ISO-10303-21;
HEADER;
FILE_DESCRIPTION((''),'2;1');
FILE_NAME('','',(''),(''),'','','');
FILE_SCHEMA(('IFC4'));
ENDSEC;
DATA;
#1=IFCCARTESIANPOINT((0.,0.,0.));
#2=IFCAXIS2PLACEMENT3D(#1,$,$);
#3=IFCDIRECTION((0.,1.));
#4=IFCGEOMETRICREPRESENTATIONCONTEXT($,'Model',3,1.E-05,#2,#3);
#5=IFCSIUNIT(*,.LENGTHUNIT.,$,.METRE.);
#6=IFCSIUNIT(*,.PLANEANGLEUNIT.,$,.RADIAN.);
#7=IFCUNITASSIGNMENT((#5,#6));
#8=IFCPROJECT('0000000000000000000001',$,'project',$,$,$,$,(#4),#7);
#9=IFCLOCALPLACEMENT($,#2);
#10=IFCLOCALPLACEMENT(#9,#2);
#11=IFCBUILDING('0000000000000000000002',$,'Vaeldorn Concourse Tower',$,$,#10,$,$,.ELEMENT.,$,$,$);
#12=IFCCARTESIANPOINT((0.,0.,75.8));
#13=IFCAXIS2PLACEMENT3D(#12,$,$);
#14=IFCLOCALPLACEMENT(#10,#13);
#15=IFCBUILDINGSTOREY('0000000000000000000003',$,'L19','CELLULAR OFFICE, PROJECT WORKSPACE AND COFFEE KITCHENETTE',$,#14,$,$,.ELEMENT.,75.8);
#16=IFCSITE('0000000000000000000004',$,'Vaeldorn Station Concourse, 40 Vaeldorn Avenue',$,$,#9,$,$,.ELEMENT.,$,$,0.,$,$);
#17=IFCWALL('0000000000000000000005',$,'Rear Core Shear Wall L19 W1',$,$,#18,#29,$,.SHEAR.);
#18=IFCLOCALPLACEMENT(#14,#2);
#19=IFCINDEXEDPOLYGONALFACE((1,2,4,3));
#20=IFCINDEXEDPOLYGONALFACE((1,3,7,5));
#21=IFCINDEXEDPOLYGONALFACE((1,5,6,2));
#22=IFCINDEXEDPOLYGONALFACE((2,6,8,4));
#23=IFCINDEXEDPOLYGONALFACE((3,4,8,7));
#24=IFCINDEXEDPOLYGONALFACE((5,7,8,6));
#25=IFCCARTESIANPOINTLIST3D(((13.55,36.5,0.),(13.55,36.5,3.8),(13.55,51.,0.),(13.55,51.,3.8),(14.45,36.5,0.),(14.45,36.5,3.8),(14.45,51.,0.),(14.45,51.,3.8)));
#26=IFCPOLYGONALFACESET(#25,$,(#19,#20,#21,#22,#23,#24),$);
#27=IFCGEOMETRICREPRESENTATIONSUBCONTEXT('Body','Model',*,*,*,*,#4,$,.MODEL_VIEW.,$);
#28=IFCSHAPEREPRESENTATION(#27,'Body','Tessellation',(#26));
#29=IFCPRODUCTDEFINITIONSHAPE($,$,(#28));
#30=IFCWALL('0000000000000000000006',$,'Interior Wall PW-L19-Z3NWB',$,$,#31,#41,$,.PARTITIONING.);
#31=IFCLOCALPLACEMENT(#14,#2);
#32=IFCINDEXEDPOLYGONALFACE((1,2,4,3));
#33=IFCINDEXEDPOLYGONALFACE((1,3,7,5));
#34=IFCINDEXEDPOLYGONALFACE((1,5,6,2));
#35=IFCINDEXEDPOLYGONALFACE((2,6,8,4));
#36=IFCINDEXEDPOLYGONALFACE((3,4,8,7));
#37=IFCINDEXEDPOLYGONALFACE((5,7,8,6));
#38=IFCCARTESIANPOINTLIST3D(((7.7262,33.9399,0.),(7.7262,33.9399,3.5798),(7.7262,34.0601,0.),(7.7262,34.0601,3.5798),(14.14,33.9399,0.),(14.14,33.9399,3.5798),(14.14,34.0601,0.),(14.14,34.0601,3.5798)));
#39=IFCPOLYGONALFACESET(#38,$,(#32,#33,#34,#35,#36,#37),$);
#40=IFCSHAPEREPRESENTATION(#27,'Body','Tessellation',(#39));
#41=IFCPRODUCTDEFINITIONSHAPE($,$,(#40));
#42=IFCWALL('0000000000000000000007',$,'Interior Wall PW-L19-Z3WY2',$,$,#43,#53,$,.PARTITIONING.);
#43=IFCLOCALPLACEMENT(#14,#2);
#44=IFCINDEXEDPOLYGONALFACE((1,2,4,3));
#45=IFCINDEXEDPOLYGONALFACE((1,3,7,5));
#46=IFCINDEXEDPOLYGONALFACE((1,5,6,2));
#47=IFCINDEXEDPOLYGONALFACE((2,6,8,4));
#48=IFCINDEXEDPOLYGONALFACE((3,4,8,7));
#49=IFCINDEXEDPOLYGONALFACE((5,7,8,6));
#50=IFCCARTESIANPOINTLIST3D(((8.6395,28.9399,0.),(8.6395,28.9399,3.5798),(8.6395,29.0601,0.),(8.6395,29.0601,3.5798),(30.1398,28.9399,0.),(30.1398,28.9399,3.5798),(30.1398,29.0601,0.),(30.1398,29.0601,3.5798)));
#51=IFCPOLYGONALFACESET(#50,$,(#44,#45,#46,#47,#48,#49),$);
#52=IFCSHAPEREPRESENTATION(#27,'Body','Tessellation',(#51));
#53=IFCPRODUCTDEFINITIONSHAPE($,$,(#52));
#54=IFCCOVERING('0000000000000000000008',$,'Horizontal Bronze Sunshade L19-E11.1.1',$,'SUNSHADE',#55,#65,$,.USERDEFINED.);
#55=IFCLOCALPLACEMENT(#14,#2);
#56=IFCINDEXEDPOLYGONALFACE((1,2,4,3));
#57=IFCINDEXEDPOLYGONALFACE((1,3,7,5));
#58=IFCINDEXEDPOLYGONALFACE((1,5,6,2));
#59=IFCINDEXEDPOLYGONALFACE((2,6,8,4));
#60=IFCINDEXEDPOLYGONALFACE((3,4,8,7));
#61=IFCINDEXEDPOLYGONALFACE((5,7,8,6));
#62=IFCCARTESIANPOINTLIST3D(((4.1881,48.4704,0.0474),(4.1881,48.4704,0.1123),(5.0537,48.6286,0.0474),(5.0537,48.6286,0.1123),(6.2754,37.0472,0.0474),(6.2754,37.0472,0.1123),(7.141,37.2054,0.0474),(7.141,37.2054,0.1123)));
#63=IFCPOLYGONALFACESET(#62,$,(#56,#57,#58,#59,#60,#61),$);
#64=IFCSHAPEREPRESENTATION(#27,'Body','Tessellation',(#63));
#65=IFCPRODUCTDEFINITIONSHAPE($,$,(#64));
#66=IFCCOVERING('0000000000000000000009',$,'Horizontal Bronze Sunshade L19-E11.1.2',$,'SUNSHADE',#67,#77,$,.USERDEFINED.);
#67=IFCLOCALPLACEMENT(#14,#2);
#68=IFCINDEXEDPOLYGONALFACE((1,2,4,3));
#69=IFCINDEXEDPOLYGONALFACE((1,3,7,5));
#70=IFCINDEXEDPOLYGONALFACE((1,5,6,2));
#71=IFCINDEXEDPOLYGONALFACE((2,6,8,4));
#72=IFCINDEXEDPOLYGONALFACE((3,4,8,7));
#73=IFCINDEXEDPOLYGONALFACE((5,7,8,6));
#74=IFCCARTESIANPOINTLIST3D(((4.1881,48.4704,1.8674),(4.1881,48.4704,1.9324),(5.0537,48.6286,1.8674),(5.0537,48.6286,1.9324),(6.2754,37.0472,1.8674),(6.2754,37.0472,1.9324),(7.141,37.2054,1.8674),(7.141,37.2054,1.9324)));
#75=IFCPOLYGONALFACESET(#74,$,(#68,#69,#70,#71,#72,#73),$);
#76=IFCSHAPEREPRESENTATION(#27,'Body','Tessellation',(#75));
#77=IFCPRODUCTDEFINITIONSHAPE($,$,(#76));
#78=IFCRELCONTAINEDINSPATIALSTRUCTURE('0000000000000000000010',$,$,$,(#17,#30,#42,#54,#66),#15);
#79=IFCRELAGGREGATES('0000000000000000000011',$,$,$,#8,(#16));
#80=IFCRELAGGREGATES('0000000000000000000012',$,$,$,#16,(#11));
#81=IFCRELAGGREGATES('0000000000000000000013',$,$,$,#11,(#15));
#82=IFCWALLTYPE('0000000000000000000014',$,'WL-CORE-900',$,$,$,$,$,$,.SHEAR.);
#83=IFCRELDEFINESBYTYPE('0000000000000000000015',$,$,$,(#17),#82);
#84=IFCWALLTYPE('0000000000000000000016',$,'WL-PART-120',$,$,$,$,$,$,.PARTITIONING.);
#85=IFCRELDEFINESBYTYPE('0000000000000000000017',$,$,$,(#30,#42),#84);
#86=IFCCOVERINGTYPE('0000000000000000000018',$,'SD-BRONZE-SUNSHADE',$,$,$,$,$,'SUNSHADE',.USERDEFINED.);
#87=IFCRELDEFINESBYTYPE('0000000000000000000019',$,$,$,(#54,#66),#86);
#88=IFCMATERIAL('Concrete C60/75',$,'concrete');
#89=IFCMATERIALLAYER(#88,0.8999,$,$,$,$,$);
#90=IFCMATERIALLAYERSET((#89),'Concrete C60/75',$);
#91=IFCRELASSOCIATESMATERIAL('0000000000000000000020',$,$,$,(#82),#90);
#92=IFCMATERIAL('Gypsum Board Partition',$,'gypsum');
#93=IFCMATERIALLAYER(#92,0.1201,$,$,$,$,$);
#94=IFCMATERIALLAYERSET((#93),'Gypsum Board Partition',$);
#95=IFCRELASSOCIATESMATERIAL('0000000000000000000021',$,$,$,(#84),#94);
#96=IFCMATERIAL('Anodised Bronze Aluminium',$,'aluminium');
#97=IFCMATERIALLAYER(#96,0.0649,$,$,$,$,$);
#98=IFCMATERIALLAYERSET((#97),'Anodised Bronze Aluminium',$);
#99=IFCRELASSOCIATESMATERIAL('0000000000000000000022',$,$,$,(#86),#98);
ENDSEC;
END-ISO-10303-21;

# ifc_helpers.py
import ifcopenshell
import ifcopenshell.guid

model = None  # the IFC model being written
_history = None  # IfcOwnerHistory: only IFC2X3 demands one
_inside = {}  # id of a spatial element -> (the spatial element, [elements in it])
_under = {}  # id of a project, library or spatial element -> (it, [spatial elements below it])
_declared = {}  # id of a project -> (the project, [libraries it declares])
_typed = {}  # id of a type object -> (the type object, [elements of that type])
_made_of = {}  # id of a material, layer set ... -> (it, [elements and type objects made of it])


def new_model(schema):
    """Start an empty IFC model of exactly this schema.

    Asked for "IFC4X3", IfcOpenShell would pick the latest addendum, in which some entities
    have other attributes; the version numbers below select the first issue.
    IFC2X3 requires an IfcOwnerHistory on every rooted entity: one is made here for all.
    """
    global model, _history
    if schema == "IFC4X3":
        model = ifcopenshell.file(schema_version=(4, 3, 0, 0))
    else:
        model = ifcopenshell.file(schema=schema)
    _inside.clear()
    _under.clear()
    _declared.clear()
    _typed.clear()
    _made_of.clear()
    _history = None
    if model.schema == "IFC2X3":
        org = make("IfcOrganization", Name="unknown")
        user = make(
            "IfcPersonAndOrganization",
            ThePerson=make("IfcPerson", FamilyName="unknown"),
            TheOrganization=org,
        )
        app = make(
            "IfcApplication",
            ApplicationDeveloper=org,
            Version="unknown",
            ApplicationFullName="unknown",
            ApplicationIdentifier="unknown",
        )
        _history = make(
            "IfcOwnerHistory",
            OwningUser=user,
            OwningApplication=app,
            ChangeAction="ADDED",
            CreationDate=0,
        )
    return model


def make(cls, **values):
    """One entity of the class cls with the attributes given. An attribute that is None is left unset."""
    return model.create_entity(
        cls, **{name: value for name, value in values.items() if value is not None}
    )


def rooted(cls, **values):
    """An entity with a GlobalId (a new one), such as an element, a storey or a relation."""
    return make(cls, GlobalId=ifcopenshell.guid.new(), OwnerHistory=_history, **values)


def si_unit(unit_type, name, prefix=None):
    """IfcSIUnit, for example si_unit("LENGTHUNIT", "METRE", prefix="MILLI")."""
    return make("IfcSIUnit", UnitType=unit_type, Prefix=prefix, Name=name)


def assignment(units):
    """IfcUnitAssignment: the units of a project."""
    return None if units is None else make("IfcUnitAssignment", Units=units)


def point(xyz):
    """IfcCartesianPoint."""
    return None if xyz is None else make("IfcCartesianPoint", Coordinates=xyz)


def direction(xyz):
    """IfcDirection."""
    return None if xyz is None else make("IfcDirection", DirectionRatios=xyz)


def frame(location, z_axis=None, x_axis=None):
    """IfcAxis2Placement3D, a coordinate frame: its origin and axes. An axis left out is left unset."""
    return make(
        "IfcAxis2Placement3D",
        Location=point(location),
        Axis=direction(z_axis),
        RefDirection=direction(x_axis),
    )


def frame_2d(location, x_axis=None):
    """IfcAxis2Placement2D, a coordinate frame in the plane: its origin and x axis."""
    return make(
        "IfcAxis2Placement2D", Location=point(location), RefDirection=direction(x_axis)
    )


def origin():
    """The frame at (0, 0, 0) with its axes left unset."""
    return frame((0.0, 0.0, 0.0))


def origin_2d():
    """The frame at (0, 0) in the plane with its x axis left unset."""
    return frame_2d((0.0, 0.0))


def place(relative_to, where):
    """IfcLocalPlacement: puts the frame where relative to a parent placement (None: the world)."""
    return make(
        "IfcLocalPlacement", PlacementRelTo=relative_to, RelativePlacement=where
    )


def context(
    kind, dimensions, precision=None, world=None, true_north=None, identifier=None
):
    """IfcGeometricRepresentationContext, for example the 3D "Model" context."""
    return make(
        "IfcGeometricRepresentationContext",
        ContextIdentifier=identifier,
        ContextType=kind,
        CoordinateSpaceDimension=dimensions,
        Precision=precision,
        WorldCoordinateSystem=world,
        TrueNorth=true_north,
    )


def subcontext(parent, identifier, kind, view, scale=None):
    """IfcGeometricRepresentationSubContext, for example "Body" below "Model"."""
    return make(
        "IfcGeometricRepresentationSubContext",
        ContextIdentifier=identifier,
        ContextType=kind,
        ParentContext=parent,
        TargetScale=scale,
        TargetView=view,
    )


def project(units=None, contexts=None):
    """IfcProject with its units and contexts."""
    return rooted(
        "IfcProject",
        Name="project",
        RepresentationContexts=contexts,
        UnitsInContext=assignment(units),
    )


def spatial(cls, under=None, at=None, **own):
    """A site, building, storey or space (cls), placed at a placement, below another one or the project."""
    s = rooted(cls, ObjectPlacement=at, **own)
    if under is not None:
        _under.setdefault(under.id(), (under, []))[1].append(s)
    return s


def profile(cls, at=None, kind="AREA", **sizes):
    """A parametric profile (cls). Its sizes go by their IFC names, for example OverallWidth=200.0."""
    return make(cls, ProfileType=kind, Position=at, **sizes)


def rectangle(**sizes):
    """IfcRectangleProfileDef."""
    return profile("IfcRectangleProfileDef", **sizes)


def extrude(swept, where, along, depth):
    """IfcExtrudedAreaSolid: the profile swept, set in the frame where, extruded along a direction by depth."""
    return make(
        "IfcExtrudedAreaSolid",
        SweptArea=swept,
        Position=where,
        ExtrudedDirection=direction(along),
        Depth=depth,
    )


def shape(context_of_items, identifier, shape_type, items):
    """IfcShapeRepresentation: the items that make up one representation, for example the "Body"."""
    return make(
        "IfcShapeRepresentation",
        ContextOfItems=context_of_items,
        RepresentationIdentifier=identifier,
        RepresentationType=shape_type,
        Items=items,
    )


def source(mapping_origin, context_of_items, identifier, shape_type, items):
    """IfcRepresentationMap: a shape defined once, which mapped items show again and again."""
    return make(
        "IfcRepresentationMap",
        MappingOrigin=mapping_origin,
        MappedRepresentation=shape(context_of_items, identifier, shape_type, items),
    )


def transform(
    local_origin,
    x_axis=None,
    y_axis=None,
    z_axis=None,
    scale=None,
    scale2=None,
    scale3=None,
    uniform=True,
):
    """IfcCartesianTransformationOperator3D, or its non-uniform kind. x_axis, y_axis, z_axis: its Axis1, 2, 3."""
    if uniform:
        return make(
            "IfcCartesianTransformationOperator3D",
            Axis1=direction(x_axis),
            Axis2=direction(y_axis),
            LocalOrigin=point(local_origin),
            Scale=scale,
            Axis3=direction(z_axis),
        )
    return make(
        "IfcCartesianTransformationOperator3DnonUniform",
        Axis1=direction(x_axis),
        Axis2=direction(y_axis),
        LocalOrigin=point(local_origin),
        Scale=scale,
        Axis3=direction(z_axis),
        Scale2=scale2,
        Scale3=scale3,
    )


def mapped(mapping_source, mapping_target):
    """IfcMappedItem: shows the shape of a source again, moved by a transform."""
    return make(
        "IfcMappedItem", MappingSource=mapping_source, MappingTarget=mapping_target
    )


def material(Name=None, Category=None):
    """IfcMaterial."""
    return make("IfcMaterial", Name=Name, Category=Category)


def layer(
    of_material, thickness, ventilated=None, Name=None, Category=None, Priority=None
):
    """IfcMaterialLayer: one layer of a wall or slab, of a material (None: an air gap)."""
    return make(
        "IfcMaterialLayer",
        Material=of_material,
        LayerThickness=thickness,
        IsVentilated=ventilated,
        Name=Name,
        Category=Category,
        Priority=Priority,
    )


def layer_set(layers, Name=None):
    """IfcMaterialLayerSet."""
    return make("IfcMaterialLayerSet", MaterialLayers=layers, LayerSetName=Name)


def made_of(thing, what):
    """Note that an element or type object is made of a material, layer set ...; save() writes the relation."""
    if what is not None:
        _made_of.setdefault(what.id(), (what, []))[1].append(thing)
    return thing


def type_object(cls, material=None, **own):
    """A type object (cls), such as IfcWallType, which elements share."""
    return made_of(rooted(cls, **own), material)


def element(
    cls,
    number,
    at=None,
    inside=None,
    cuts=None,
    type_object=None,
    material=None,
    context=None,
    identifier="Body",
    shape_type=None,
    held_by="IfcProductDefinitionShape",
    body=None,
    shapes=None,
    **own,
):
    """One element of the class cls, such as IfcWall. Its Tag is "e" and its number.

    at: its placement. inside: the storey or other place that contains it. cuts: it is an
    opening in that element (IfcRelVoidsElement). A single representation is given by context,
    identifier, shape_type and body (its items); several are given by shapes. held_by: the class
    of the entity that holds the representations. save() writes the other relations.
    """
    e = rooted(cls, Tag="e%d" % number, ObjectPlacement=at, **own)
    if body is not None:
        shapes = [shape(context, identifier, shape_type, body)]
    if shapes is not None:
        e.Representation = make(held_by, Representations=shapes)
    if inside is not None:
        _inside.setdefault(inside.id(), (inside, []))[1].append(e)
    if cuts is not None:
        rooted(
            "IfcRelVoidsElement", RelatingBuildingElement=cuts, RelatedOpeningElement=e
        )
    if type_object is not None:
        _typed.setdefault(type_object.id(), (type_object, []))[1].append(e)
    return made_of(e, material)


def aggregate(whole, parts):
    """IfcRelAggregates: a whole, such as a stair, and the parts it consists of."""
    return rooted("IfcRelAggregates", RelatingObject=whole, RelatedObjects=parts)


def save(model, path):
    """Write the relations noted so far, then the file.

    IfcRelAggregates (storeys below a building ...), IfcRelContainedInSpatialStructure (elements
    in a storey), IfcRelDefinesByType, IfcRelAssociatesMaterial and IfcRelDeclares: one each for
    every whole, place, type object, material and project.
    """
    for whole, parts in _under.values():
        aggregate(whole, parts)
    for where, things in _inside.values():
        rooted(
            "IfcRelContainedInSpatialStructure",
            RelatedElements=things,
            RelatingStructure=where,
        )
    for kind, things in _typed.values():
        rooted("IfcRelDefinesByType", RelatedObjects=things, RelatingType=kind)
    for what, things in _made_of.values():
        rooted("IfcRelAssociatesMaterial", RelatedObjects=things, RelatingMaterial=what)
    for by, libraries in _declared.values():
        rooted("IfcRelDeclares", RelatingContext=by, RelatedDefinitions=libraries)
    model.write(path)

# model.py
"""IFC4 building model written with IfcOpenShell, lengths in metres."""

from ifc_helpers import new_model, si_unit, direction, frame, frame_2d, origin, origin_2d, place, context, subcontext, project, spatial, rectangle, extrude, source, transform, mapped, material, layer, layer_set, type_object, element, save


model = new_model("IFC4")

# Units and contexts
model_context = context("Model", 3, precision=1e-05, world=origin(), true_north=direction((0.0, 1.0)))
body_context = subcontext(model_context, "Body", "Model", "MODEL_VIEW")
ifc_project = project(units=[si_unit("LENGTHUNIT", "METRE"), si_unit("PLANEANGLEUNIT", "RADIAN")], contexts=[model_context])

# Site, building, storey
site_placement = place(None, origin())
site = spatial("IfcSite", under=ifc_project, at=site_placement, Name="Vaeldorn Station Concourse, 40 Vaeldorn Avenue", CompositionType="ELEMENT", RefElevation=0.0)
building_placement = place(site_placement, origin())
building = spatial("IfcBuilding", under=site, at=building_placement, Name="Vaeldorn Concourse Tower", CompositionType="ELEMENT")
storey_placement = place(building_placement, frame((0.0, 0.0, 75.8)))
storey = spatial("IfcBuildingStorey", under=building, at=storey_placement, Name="L19", Description="CELLULAR OFFICE, PROJECT WORKSPACE AND COFFEE KITCHENETTE", CompositionType="ELEMENT", Elevation=75.8)

# Shared definitions
ifc_material_1 = material(Name="Concrete C60/75", Category="concrete")

# Shared definitions
ifc_material_2 = material(Name="Anodised Bronze Aluminium", Category="aluminium")

# Wall
ifc_layer_1 = layer(ifc_material_1, 0.8999)
ifc_layer_set_1 = layer_set([ifc_layer_1], Name="Concrete C60/75")
wall_type_1 = type_object("IfcWallType", Name="WL-CORE-900", PredefinedType="SHEAR", material=ifc_layer_set_1)
wall_1_placement = place(storey_placement, frame((14.0, 36.5, 0.0), z_axis=(0.0, 0.0, 1.0), x_axis=(0.0, 1.0, 0.0)))
element("IfcWall", 1, at=wall_1_placement, inside=storey, type_object=wall_type_1, Name="Rear Core Shear Wall L19 W1", PredefinedType="SHEAR", context=body_context, shape_type="SweptSolid", body=[
    extrude(rectangle(XDim=14.5, YDim=0.8999, at=frame_2d((7.25, 0.0))), origin(), (0.0, 0.0, 1.0), 3.8),
])

# Shared definitions
ifc_material_3 = material(Name="Gypsum Board Partition", Category="gypsum")
ifc_layer_2 = layer(ifc_material_3, 0.1201)
ifc_layer_set_2 = layer_set([ifc_layer_2], Name="Gypsum Board Partition")
wall_type_2 = type_object("IfcWallType", Name="WL-PART-120", PredefinedType="PARTITIONING", material=ifc_layer_set_2)

# Walls
wall_2_placement = place(storey_placement, frame((7.7261, 34.0, 0.0), z_axis=(0.0, 0.0, 1.0), x_axis=(1.0, 0.0, 0.0)))
element("IfcWall", 2, at=wall_2_placement, inside=storey, type_object=wall_type_2, Name="Interior Wall PW-L19-Z3NWB", PredefinedType="PARTITIONING", context=body_context, shape_type="SweptSolid", body=[
    extrude(rectangle(XDim=6.4138, YDim=0.1201, at=frame_2d((3.207, 0.0))), origin(), (0.0, 0.0, 1.0), 3.5798),
])
wall_3_placement = place(storey_placement, frame((8.6396, 29.0, 0.0), z_axis=(0.0, 0.0, 1.0), x_axis=(1.0, 0.0, 0.0)))
element("IfcWall", 3, at=wall_3_placement, inside=storey, type_object=wall_type_2, Name="Interior Wall PW-L19-Z3WY2", PredefinedType="PARTITIONING", context=body_context, shape_type="SweptSolid", body=[
    extrude(rectangle(XDim=21.5002, YDim=0.1201, at=frame_2d((10.75, 0.0))), origin(), (0.0, 0.0, 1.0), 3.5798),
])

# Coverings
ifc_layer_3 = layer(ifc_material_2, 0.0649)
ifc_layer_set_3 = layer_set([ifc_layer_3], Name="Anodised Bronze Aluminium")
covering_type = type_object("IfcCoveringType", Name="SD-BRONZE-SUNSHADE", ElementType="SUNSHADE", PredefinedType="USERDEFINED", material=ifc_layer_set_3)
shared_shape_1 = source(origin(), body_context, "Body", "SweptSolid", [
    extrude(rectangle(XDim=11.6123, YDim=0.8799, at=origin_2d()), origin(), (0.0, 0.0, 1.0), 0.0649),
])
for number, where, z_axis, x_axis, name in (
    (4, (5.6646, 42.8379, 0.0474), (0.0, 0.0, 1.0), (0.179747, -0.983713, 0.0), "Horizontal Bronze Sunshade L19-E11.1.1"),
    (5, (5.6646, 42.8379, 1.8674), (0.0, 0.0, 1.0), (0.179747, -0.983713, 0.0), "Horizontal Bronze Sunshade L19-E11.1.2"),
):
    element("IfcCovering", number, at=place(storey_placement, frame(where, z_axis=z_axis, x_axis=x_axis)), inside=storey, type_object=covering_type, Name=name, ObjectType="SUNSHADE", PredefinedType="USERDEFINED", context=body_context, shape_type="MappedRepresentation", body=[
        mapped(shared_shape_1, transform((0.0, 0.0, 0.0), scale=1.0)),
    ])

save(model, "model.ifc")
